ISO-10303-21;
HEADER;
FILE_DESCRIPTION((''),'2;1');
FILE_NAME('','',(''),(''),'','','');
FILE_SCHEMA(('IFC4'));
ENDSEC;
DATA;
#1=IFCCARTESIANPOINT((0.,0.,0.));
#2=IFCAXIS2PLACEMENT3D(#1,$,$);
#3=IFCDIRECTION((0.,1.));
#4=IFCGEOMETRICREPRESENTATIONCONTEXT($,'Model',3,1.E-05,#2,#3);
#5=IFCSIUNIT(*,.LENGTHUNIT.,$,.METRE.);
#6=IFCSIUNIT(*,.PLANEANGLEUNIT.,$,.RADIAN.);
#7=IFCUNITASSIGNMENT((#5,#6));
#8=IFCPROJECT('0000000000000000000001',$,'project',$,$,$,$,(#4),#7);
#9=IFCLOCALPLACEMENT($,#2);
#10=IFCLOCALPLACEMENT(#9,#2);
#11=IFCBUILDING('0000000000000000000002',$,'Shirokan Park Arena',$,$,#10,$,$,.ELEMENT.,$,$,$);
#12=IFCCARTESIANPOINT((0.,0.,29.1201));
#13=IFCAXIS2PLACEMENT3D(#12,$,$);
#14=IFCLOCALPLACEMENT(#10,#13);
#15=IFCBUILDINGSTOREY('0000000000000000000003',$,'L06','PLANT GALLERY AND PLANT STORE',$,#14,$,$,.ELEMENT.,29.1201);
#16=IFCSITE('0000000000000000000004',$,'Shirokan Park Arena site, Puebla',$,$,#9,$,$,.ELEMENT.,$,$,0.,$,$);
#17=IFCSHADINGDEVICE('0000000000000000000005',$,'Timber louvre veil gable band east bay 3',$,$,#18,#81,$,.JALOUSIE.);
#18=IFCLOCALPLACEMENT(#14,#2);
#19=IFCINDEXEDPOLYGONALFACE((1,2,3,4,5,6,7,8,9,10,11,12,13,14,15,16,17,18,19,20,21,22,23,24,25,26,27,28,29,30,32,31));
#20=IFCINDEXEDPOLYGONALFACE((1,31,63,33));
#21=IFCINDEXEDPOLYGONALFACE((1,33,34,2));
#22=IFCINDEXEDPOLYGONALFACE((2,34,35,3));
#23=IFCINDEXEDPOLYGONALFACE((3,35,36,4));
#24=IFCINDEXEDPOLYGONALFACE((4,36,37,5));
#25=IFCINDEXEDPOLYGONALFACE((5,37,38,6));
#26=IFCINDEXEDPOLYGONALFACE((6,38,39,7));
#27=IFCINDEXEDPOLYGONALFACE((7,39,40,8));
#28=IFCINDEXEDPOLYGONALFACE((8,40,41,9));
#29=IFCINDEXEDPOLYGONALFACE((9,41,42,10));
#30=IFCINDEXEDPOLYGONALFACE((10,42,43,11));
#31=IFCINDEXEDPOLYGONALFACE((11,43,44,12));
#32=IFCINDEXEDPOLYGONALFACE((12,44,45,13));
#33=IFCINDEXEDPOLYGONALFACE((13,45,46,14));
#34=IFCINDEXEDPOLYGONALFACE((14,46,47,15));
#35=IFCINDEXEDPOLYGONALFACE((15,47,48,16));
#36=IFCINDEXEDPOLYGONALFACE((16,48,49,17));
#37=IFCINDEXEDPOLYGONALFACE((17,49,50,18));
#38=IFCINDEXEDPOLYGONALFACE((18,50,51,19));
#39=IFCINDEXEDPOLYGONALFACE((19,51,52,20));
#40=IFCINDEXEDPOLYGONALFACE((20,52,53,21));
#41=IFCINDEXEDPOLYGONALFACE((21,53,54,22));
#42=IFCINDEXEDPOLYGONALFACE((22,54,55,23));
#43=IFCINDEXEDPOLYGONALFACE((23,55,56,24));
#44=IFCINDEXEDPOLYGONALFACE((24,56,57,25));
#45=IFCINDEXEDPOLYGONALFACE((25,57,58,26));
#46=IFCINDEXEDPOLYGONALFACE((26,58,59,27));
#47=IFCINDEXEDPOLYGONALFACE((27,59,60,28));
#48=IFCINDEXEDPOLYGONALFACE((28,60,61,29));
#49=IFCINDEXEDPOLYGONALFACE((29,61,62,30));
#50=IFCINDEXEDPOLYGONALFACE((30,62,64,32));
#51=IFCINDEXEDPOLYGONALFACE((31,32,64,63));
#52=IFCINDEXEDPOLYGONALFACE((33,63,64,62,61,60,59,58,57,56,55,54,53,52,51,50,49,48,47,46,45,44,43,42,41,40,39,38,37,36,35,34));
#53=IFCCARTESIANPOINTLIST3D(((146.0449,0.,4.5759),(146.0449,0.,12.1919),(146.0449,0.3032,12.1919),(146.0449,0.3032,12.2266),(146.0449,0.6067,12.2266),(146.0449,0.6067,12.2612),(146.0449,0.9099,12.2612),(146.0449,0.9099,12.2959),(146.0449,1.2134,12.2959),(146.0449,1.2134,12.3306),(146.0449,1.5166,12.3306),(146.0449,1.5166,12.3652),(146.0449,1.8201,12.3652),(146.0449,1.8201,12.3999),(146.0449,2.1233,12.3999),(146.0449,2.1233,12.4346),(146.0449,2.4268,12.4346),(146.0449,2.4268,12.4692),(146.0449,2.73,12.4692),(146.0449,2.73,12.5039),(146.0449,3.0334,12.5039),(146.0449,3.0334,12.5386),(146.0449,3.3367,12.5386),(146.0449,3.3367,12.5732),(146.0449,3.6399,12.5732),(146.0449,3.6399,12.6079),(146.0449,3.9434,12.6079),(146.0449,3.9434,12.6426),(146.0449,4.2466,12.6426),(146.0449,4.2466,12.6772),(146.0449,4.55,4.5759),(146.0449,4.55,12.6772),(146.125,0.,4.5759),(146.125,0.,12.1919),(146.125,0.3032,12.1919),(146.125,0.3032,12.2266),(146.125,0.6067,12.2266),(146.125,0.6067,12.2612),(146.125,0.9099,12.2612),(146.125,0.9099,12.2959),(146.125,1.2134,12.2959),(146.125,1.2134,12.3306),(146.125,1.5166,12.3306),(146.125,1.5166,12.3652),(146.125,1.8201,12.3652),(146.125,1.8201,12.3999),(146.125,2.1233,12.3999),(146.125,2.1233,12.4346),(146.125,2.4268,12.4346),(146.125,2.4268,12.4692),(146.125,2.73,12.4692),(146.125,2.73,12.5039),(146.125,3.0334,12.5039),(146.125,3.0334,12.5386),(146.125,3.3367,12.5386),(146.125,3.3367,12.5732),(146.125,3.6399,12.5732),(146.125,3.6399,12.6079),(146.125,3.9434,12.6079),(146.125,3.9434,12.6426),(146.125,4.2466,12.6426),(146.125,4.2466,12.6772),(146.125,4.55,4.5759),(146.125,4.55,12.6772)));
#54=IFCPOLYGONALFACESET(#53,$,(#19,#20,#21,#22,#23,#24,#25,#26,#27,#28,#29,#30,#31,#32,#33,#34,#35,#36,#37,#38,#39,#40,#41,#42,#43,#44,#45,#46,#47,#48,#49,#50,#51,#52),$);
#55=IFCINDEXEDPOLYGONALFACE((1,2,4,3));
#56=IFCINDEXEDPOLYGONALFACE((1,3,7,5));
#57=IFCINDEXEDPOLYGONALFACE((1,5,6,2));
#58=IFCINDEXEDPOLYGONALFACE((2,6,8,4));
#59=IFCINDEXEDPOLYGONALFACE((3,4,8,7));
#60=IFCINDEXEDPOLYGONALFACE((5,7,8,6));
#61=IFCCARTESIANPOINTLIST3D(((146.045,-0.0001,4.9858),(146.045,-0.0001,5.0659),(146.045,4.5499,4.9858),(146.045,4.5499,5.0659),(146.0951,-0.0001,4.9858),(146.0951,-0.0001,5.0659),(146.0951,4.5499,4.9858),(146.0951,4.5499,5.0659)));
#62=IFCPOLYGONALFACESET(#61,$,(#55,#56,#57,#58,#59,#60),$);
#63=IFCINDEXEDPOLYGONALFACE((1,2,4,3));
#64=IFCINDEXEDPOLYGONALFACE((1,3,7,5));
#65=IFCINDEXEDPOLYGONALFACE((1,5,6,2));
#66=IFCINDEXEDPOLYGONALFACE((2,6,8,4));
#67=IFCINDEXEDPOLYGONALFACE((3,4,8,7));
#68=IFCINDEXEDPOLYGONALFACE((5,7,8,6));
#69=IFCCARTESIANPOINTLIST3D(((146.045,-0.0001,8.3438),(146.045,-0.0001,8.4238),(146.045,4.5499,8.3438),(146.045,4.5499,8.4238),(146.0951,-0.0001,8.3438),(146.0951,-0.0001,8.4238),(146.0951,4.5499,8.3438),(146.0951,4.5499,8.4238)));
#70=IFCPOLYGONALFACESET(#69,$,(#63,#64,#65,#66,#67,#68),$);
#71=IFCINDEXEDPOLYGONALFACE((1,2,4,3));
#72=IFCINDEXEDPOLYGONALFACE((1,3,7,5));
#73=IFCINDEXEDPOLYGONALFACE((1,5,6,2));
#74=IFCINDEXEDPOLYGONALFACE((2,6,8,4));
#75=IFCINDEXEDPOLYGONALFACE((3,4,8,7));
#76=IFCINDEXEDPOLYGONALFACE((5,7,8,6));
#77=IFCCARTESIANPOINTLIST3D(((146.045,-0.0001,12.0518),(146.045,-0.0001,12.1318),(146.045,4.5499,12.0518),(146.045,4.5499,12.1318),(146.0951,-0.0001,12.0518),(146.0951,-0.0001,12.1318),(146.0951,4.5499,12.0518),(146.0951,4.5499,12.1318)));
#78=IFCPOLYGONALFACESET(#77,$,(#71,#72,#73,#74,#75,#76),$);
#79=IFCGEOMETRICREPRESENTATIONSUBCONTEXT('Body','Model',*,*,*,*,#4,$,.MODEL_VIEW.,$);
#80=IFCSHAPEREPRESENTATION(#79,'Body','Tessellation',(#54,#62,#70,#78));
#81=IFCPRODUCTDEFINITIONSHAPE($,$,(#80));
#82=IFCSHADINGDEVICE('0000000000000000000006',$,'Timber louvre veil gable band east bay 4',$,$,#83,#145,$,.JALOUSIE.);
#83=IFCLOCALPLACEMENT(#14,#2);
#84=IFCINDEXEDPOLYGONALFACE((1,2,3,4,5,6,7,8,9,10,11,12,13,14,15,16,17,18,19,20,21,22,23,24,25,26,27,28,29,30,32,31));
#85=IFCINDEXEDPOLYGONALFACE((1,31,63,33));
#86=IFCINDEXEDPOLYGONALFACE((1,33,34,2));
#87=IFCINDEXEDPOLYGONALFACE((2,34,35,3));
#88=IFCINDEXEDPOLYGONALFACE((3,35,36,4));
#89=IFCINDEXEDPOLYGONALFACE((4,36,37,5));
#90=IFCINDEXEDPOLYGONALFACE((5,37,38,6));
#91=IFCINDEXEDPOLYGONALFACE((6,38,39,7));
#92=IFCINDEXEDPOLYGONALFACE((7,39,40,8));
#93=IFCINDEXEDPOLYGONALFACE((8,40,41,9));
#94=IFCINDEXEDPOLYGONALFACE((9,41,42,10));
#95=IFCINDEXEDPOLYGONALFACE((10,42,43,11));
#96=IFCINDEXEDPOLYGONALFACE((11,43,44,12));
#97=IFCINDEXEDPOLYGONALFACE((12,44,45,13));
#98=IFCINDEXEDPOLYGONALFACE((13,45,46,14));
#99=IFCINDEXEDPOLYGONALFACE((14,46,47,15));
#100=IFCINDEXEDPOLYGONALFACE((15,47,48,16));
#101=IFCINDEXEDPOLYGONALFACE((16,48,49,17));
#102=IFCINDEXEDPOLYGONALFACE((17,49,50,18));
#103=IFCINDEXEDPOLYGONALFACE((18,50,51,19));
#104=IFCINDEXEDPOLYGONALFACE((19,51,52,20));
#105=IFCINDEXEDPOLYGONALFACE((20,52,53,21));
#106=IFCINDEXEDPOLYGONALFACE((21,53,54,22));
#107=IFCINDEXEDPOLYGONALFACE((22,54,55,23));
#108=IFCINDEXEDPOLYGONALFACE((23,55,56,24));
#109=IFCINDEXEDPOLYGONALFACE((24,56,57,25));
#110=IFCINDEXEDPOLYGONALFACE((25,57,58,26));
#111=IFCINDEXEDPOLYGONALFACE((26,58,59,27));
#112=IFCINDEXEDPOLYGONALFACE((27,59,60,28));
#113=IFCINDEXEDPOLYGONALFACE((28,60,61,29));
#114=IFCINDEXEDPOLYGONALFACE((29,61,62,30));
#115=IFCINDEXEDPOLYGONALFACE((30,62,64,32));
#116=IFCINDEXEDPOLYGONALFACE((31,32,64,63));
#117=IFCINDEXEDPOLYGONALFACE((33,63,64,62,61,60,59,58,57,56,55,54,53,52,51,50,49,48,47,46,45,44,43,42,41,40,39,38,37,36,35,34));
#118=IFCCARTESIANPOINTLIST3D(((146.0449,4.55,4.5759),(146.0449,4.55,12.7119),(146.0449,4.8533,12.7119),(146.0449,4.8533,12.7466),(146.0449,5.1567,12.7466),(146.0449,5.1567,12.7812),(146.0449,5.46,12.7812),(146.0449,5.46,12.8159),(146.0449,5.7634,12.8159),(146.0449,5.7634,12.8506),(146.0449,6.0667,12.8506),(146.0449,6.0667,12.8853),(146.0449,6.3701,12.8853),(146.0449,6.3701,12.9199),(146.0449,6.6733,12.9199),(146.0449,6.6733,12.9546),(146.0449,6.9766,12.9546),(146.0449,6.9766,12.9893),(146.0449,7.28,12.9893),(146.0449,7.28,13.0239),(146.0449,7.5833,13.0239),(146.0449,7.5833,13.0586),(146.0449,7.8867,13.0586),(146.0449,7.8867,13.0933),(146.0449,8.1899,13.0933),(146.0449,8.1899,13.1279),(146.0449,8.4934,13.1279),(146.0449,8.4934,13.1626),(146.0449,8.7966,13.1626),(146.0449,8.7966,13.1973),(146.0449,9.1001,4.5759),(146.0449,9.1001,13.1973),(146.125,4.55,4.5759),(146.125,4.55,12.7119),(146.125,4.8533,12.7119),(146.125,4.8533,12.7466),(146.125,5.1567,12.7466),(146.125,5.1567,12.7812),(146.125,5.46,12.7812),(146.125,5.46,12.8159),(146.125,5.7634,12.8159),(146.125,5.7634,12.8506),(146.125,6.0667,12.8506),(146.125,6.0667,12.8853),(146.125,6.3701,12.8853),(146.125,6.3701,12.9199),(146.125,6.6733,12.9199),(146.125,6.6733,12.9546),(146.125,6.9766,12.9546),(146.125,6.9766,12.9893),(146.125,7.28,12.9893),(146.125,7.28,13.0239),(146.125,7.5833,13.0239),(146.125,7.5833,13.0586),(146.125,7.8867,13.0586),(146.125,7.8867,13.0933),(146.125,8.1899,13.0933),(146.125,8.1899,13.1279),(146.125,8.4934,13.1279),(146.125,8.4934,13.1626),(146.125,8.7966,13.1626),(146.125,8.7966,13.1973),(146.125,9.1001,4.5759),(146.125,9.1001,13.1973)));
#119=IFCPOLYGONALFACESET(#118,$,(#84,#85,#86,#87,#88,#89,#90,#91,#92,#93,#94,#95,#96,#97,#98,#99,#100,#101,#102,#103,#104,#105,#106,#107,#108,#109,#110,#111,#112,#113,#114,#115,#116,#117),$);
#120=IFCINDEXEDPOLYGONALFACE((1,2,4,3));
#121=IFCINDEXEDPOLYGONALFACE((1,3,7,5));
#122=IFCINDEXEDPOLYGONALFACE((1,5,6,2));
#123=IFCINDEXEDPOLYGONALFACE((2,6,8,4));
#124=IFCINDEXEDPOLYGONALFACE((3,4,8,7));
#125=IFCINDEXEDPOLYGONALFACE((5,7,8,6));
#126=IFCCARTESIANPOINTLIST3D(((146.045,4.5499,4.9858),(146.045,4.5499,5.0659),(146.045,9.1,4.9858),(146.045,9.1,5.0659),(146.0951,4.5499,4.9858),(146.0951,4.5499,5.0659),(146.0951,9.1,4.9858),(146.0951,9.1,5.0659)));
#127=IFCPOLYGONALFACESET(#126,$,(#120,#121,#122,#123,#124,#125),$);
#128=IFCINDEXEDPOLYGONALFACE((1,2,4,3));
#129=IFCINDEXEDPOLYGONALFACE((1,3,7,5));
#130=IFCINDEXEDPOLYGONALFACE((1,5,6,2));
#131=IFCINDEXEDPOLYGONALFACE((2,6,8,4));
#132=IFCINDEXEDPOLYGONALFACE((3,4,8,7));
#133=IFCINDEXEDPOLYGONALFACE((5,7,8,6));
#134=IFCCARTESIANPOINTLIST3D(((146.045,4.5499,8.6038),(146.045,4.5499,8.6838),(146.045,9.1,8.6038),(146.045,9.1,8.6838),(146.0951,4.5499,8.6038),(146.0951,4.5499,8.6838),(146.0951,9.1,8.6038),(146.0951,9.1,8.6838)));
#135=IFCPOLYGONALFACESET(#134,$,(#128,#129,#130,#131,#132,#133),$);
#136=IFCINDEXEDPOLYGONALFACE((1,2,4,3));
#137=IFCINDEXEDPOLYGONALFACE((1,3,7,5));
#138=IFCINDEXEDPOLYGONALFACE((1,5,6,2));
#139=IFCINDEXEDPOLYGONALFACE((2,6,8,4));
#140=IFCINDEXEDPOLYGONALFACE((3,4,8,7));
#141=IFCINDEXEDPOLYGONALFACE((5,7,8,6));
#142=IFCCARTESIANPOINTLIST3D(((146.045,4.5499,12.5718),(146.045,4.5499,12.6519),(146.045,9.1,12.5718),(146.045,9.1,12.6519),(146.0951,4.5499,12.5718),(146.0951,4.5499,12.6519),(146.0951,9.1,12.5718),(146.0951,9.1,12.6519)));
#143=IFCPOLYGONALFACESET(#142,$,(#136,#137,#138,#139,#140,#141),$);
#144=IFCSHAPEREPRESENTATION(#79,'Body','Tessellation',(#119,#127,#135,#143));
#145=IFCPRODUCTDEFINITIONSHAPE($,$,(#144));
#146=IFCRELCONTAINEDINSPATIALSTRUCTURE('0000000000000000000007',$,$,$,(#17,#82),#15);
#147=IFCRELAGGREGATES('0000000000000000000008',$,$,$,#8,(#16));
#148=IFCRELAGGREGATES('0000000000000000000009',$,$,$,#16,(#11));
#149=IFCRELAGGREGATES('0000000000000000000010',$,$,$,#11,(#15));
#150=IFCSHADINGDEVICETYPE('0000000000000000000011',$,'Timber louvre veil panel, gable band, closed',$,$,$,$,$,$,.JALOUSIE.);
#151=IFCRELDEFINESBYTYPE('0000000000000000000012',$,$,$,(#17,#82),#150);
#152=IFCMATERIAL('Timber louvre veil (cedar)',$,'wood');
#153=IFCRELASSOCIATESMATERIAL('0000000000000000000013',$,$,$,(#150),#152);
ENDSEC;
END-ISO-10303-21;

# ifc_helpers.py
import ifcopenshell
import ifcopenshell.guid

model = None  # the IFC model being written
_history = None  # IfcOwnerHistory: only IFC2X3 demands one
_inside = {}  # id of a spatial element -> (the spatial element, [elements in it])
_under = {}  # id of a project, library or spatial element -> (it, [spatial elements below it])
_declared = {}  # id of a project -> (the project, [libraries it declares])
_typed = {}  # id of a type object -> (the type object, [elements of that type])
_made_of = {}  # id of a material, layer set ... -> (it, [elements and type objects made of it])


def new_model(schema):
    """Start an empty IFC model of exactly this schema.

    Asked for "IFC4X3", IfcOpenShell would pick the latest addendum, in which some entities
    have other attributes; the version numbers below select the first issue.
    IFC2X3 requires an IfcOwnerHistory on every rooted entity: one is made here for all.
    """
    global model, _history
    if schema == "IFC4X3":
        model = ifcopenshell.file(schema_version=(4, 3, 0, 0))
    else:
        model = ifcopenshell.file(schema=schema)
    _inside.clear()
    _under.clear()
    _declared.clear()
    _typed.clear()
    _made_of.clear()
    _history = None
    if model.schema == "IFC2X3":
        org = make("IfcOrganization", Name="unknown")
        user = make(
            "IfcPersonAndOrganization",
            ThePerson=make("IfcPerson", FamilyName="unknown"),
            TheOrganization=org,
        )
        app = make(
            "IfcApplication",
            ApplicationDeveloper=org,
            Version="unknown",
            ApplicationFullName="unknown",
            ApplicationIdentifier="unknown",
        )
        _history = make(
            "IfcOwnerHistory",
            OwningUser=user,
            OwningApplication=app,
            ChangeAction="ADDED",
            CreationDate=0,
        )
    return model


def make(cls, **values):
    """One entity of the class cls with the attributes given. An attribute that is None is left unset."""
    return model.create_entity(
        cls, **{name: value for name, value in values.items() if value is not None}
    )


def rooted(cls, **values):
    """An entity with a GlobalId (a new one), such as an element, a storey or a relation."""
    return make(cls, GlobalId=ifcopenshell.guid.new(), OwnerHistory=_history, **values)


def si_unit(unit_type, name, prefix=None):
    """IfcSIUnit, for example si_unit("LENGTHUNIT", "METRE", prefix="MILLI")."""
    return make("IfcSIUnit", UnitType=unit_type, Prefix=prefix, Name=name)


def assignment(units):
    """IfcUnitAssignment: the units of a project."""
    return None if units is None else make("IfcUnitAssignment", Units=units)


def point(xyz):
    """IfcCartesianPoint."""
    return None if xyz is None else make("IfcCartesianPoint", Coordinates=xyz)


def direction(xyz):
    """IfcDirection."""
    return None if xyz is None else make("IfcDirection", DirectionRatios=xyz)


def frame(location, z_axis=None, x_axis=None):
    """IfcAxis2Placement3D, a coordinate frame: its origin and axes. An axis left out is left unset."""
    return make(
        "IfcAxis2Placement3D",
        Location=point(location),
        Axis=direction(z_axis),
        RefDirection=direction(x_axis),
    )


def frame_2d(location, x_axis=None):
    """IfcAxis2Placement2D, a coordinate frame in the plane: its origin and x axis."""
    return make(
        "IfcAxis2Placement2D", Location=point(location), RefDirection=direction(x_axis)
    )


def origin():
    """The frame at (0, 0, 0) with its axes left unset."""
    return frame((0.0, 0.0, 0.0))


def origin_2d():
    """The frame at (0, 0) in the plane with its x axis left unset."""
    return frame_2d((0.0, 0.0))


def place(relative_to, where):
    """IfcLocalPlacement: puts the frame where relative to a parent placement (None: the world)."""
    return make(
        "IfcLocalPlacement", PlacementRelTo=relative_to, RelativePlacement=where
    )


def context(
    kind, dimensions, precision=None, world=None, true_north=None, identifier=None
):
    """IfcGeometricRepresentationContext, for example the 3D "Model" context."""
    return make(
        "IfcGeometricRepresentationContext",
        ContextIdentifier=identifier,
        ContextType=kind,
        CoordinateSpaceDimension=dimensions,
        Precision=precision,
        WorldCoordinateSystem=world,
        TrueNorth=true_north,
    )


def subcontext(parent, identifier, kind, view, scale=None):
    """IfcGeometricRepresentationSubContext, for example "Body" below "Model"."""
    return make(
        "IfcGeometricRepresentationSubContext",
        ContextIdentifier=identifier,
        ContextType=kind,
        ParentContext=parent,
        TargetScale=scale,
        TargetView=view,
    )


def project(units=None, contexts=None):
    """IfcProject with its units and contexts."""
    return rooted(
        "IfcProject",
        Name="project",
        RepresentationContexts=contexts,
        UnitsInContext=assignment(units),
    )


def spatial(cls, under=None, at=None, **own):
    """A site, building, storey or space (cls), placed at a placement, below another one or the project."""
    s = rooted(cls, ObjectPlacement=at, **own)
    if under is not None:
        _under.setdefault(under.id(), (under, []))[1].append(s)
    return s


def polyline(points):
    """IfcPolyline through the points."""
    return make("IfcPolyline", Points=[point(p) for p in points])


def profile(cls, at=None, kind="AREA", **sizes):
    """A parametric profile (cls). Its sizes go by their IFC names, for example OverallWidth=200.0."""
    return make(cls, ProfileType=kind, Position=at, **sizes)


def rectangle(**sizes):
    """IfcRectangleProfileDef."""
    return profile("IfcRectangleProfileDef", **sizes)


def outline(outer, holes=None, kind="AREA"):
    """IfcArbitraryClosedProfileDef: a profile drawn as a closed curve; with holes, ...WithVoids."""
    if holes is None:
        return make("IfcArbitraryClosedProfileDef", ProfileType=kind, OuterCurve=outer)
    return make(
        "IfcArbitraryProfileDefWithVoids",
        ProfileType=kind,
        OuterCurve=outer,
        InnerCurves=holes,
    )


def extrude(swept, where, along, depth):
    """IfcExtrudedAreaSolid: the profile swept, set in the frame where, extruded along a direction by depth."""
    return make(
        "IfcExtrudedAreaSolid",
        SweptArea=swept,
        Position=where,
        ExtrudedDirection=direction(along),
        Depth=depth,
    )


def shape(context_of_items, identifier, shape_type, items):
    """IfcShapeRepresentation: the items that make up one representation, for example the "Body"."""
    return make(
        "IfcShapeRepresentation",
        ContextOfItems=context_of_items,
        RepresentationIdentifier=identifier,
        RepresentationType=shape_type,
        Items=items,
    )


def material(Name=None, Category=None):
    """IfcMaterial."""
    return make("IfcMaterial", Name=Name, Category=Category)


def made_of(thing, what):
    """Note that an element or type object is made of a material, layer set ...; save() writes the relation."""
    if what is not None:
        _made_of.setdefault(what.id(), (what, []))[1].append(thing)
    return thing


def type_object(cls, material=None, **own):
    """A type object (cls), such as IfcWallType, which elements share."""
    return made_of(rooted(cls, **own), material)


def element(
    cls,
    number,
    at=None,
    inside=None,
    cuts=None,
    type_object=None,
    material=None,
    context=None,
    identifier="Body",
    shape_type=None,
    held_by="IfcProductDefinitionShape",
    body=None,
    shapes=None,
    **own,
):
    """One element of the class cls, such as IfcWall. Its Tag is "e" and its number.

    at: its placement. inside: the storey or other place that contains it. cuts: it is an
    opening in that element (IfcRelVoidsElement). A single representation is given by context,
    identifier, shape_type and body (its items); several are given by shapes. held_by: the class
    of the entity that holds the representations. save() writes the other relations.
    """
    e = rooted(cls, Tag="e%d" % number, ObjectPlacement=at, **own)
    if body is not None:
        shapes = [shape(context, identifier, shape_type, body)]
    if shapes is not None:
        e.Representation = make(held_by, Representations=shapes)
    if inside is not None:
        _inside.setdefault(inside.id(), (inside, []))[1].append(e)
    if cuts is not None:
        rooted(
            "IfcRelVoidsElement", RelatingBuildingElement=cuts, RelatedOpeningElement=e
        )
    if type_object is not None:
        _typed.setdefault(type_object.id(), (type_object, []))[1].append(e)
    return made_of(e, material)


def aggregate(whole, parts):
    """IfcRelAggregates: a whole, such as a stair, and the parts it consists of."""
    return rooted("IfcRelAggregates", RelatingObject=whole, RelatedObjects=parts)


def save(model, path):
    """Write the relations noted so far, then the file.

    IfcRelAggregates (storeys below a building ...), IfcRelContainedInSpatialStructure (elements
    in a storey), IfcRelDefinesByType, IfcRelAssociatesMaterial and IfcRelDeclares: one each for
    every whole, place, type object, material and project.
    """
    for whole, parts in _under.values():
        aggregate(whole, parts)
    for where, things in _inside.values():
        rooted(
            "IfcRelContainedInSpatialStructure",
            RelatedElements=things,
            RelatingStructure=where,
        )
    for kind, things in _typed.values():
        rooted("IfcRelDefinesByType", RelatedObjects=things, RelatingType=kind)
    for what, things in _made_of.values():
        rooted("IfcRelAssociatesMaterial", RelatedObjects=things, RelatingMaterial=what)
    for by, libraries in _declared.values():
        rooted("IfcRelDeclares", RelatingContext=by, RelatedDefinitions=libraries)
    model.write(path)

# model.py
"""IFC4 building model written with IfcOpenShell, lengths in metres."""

from ifc_helpers import new_model, si_unit, direction, frame, origin, origin_2d, place, context, subcontext, project, spatial, polyline, rectangle, outline, extrude, material, type_object, element, save


model = new_model("IFC4")

# Units and contexts
model_context = context("Model", 3, precision=1e-05, world=origin(), true_north=direction((0.0, 1.0)))
body_context = subcontext(model_context, "Body", "Model", "MODEL_VIEW")
ifc_project = project(units=[si_unit("LENGTHUNIT", "METRE"), si_unit("PLANEANGLEUNIT", "RADIAN")], contexts=[model_context])

# Site, building, storey
site_placement = place(None, origin())
site = spatial("IfcSite", under=ifc_project, at=site_placement, Name="Shirokan Park Arena site, Puebla", CompositionType="ELEMENT", RefElevation=0.0)
building_placement = place(site_placement, origin())
building = spatial("IfcBuilding", under=site, at=building_placement, Name="Shirokan Park Arena", CompositionType="ELEMENT")
storey_placement = place(building_placement, frame((0.0, 0.0, 29.1201)))
storey = spatial("IfcBuildingStorey", under=building, at=storey_placement, Name="L06", Description="PLANT GALLERY AND PLANT STORE", CompositionType="ELEMENT", Elevation=29.1201)

# Shading devices
ifc_material = material(Name="Timber louvre veil (cedar)", Category="wood")
shading_device_type_1 = type_object("IfcShadingDeviceType", Name="Timber louvre veil panel, gable band, closed", PredefinedType="JALOUSIE", material=ifc_material)
shading_device_1_placement = place(storey_placement, origin())
element("IfcShadingDevice", 1, at=shading_device_1_placement, inside=storey, type_object=shading_device_type_1, Name="Timber louvre veil gable band east bay 3", PredefinedType="JALOUSIE", context=body_context, shape_type="SweptSolid", body=[
    extrude(outline(polyline([(0.3032, 12.1919), (0.0, 12.1919), (0.0, 4.5759), (4.55, 4.5759), (4.55, 12.6772), (4.2466, 12.6772), (4.2466, 12.6426), (3.9434, 12.6426), (3.9434, 12.6079), (3.6399, 12.6079), (3.6399, 12.5732), (3.3367, 12.5732), (3.3367, 12.5386), (3.0334, 12.5386), (3.0334, 12.5039), (2.73, 12.5039), (2.73, 12.4692), (2.4268, 12.4692), (2.4268, 12.4346), (2.1233, 12.4346), (2.1233, 12.3999), (1.8201, 12.3999), (1.8201, 12.3652), (1.5166, 12.3652), (1.5166, 12.3306), (1.2134, 12.3306), (1.2134, 12.2959), (0.9099, 12.2959), (0.9099, 12.2612), (0.6067, 12.2612), (0.6067, 12.2266), (0.3032, 12.2266), (0.3032, 12.1919)])), frame((146.0449, 0.0, 0.0), z_axis=(1.0, 0.0, 0.0), x_axis=(0.0, 1.0, 0.0)), (0.0, 0.0, 1.0), 0.0801),
    extrude(rectangle(XDim=0.05, YDim=4.55, at=origin_2d()), frame((146.0701, 2.2749, 4.9858), z_axis=(0.0, 0.0, 1.0), x_axis=(1.0, 0.0, 0.0)), (0.0, 0.0, 1.0), 0.0801),
    extrude(rectangle(XDim=0.05, YDim=4.55, at=origin_2d()), frame((146.0701, 2.2749, 8.3438), z_axis=(0.0, 0.0, 1.0), x_axis=(1.0, 0.0, 0.0)), (0.0, 0.0, 1.0), 0.0801),
    extrude(rectangle(XDim=0.05, YDim=4.55, at=origin_2d()), frame((146.0701, 2.2749, 12.0518), z_axis=(0.0, 0.0, 1.0), x_axis=(1.0, 0.0, 0.0)), (0.0, 0.0, 1.0), 0.0801),
])
shading_device_2_placement = place(storey_placement, origin())
element("IfcShadingDevice", 2, at=shading_device_2_placement, inside=storey, type_object=shading_device_type_1, Name="Timber louvre veil gable band east bay 4", PredefinedType="JALOUSIE", context=body_context, shape_type="SweptSolid", body=[
    extrude(outline(polyline([(4.8533, 12.7119), (4.55, 12.7119), (4.55, 4.5759), (9.1001, 4.5759), (9.1001, 13.1973), (8.7966, 13.1973), (8.7966, 13.1626), (8.4934, 13.1626), (8.4934, 13.1279), (8.1899, 13.1279), (8.1899, 13.0933), (7.8867, 13.0933), (7.8867, 13.0586), (7.5833, 13.0586), (7.5833, 13.0239), (7.28, 13.0239), (7.28, 12.9893), (6.9766, 12.9893), (6.9766, 12.9546), (6.6733, 12.9546), (6.6733, 12.9199), (6.3701, 12.9199), (6.3701, 12.8853), (6.0667, 12.8853), (6.0667, 12.8506), (5.7634, 12.8506), (5.7634, 12.8159), (5.46, 12.8159), (5.46, 12.7812), (5.1567, 12.7812), (5.1567, 12.7466), (4.8533, 12.7466), (4.8533, 12.7119)])), frame((146.0449, 0.0, 0.0), z_axis=(1.0, 0.0, 0.0), x_axis=(0.0, 1.0, 0.0)), (0.0, 0.0, 1.0), 0.0801),
    extrude(rectangle(XDim=0.05, YDim=4.55, at=origin_2d()), frame((146.0701, 6.825, 4.9858), z_axis=(0.0, 0.0, 1.0), x_axis=(1.0, 0.0, 0.0)), (0.0, 0.0, 1.0), 0.0801),
    extrude(rectangle(XDim=0.05, YDim=4.55, at=origin_2d()), frame((146.0701, 6.825, 8.6038), z_axis=(0.0, 0.0, 1.0), x_axis=(1.0, 0.0, 0.0)), (0.0, 0.0, 1.0), 0.0801),
    extrude(rectangle(XDim=0.05, YDim=4.55, at=origin_2d()), frame((146.0701, 6.825, 12.5718), z_axis=(0.0, 0.0, 1.0), x_axis=(1.0, 0.0, 0.0)), (0.0, 0.0, 1.0), 0.0801),
])

save(model, "model.ifc")
